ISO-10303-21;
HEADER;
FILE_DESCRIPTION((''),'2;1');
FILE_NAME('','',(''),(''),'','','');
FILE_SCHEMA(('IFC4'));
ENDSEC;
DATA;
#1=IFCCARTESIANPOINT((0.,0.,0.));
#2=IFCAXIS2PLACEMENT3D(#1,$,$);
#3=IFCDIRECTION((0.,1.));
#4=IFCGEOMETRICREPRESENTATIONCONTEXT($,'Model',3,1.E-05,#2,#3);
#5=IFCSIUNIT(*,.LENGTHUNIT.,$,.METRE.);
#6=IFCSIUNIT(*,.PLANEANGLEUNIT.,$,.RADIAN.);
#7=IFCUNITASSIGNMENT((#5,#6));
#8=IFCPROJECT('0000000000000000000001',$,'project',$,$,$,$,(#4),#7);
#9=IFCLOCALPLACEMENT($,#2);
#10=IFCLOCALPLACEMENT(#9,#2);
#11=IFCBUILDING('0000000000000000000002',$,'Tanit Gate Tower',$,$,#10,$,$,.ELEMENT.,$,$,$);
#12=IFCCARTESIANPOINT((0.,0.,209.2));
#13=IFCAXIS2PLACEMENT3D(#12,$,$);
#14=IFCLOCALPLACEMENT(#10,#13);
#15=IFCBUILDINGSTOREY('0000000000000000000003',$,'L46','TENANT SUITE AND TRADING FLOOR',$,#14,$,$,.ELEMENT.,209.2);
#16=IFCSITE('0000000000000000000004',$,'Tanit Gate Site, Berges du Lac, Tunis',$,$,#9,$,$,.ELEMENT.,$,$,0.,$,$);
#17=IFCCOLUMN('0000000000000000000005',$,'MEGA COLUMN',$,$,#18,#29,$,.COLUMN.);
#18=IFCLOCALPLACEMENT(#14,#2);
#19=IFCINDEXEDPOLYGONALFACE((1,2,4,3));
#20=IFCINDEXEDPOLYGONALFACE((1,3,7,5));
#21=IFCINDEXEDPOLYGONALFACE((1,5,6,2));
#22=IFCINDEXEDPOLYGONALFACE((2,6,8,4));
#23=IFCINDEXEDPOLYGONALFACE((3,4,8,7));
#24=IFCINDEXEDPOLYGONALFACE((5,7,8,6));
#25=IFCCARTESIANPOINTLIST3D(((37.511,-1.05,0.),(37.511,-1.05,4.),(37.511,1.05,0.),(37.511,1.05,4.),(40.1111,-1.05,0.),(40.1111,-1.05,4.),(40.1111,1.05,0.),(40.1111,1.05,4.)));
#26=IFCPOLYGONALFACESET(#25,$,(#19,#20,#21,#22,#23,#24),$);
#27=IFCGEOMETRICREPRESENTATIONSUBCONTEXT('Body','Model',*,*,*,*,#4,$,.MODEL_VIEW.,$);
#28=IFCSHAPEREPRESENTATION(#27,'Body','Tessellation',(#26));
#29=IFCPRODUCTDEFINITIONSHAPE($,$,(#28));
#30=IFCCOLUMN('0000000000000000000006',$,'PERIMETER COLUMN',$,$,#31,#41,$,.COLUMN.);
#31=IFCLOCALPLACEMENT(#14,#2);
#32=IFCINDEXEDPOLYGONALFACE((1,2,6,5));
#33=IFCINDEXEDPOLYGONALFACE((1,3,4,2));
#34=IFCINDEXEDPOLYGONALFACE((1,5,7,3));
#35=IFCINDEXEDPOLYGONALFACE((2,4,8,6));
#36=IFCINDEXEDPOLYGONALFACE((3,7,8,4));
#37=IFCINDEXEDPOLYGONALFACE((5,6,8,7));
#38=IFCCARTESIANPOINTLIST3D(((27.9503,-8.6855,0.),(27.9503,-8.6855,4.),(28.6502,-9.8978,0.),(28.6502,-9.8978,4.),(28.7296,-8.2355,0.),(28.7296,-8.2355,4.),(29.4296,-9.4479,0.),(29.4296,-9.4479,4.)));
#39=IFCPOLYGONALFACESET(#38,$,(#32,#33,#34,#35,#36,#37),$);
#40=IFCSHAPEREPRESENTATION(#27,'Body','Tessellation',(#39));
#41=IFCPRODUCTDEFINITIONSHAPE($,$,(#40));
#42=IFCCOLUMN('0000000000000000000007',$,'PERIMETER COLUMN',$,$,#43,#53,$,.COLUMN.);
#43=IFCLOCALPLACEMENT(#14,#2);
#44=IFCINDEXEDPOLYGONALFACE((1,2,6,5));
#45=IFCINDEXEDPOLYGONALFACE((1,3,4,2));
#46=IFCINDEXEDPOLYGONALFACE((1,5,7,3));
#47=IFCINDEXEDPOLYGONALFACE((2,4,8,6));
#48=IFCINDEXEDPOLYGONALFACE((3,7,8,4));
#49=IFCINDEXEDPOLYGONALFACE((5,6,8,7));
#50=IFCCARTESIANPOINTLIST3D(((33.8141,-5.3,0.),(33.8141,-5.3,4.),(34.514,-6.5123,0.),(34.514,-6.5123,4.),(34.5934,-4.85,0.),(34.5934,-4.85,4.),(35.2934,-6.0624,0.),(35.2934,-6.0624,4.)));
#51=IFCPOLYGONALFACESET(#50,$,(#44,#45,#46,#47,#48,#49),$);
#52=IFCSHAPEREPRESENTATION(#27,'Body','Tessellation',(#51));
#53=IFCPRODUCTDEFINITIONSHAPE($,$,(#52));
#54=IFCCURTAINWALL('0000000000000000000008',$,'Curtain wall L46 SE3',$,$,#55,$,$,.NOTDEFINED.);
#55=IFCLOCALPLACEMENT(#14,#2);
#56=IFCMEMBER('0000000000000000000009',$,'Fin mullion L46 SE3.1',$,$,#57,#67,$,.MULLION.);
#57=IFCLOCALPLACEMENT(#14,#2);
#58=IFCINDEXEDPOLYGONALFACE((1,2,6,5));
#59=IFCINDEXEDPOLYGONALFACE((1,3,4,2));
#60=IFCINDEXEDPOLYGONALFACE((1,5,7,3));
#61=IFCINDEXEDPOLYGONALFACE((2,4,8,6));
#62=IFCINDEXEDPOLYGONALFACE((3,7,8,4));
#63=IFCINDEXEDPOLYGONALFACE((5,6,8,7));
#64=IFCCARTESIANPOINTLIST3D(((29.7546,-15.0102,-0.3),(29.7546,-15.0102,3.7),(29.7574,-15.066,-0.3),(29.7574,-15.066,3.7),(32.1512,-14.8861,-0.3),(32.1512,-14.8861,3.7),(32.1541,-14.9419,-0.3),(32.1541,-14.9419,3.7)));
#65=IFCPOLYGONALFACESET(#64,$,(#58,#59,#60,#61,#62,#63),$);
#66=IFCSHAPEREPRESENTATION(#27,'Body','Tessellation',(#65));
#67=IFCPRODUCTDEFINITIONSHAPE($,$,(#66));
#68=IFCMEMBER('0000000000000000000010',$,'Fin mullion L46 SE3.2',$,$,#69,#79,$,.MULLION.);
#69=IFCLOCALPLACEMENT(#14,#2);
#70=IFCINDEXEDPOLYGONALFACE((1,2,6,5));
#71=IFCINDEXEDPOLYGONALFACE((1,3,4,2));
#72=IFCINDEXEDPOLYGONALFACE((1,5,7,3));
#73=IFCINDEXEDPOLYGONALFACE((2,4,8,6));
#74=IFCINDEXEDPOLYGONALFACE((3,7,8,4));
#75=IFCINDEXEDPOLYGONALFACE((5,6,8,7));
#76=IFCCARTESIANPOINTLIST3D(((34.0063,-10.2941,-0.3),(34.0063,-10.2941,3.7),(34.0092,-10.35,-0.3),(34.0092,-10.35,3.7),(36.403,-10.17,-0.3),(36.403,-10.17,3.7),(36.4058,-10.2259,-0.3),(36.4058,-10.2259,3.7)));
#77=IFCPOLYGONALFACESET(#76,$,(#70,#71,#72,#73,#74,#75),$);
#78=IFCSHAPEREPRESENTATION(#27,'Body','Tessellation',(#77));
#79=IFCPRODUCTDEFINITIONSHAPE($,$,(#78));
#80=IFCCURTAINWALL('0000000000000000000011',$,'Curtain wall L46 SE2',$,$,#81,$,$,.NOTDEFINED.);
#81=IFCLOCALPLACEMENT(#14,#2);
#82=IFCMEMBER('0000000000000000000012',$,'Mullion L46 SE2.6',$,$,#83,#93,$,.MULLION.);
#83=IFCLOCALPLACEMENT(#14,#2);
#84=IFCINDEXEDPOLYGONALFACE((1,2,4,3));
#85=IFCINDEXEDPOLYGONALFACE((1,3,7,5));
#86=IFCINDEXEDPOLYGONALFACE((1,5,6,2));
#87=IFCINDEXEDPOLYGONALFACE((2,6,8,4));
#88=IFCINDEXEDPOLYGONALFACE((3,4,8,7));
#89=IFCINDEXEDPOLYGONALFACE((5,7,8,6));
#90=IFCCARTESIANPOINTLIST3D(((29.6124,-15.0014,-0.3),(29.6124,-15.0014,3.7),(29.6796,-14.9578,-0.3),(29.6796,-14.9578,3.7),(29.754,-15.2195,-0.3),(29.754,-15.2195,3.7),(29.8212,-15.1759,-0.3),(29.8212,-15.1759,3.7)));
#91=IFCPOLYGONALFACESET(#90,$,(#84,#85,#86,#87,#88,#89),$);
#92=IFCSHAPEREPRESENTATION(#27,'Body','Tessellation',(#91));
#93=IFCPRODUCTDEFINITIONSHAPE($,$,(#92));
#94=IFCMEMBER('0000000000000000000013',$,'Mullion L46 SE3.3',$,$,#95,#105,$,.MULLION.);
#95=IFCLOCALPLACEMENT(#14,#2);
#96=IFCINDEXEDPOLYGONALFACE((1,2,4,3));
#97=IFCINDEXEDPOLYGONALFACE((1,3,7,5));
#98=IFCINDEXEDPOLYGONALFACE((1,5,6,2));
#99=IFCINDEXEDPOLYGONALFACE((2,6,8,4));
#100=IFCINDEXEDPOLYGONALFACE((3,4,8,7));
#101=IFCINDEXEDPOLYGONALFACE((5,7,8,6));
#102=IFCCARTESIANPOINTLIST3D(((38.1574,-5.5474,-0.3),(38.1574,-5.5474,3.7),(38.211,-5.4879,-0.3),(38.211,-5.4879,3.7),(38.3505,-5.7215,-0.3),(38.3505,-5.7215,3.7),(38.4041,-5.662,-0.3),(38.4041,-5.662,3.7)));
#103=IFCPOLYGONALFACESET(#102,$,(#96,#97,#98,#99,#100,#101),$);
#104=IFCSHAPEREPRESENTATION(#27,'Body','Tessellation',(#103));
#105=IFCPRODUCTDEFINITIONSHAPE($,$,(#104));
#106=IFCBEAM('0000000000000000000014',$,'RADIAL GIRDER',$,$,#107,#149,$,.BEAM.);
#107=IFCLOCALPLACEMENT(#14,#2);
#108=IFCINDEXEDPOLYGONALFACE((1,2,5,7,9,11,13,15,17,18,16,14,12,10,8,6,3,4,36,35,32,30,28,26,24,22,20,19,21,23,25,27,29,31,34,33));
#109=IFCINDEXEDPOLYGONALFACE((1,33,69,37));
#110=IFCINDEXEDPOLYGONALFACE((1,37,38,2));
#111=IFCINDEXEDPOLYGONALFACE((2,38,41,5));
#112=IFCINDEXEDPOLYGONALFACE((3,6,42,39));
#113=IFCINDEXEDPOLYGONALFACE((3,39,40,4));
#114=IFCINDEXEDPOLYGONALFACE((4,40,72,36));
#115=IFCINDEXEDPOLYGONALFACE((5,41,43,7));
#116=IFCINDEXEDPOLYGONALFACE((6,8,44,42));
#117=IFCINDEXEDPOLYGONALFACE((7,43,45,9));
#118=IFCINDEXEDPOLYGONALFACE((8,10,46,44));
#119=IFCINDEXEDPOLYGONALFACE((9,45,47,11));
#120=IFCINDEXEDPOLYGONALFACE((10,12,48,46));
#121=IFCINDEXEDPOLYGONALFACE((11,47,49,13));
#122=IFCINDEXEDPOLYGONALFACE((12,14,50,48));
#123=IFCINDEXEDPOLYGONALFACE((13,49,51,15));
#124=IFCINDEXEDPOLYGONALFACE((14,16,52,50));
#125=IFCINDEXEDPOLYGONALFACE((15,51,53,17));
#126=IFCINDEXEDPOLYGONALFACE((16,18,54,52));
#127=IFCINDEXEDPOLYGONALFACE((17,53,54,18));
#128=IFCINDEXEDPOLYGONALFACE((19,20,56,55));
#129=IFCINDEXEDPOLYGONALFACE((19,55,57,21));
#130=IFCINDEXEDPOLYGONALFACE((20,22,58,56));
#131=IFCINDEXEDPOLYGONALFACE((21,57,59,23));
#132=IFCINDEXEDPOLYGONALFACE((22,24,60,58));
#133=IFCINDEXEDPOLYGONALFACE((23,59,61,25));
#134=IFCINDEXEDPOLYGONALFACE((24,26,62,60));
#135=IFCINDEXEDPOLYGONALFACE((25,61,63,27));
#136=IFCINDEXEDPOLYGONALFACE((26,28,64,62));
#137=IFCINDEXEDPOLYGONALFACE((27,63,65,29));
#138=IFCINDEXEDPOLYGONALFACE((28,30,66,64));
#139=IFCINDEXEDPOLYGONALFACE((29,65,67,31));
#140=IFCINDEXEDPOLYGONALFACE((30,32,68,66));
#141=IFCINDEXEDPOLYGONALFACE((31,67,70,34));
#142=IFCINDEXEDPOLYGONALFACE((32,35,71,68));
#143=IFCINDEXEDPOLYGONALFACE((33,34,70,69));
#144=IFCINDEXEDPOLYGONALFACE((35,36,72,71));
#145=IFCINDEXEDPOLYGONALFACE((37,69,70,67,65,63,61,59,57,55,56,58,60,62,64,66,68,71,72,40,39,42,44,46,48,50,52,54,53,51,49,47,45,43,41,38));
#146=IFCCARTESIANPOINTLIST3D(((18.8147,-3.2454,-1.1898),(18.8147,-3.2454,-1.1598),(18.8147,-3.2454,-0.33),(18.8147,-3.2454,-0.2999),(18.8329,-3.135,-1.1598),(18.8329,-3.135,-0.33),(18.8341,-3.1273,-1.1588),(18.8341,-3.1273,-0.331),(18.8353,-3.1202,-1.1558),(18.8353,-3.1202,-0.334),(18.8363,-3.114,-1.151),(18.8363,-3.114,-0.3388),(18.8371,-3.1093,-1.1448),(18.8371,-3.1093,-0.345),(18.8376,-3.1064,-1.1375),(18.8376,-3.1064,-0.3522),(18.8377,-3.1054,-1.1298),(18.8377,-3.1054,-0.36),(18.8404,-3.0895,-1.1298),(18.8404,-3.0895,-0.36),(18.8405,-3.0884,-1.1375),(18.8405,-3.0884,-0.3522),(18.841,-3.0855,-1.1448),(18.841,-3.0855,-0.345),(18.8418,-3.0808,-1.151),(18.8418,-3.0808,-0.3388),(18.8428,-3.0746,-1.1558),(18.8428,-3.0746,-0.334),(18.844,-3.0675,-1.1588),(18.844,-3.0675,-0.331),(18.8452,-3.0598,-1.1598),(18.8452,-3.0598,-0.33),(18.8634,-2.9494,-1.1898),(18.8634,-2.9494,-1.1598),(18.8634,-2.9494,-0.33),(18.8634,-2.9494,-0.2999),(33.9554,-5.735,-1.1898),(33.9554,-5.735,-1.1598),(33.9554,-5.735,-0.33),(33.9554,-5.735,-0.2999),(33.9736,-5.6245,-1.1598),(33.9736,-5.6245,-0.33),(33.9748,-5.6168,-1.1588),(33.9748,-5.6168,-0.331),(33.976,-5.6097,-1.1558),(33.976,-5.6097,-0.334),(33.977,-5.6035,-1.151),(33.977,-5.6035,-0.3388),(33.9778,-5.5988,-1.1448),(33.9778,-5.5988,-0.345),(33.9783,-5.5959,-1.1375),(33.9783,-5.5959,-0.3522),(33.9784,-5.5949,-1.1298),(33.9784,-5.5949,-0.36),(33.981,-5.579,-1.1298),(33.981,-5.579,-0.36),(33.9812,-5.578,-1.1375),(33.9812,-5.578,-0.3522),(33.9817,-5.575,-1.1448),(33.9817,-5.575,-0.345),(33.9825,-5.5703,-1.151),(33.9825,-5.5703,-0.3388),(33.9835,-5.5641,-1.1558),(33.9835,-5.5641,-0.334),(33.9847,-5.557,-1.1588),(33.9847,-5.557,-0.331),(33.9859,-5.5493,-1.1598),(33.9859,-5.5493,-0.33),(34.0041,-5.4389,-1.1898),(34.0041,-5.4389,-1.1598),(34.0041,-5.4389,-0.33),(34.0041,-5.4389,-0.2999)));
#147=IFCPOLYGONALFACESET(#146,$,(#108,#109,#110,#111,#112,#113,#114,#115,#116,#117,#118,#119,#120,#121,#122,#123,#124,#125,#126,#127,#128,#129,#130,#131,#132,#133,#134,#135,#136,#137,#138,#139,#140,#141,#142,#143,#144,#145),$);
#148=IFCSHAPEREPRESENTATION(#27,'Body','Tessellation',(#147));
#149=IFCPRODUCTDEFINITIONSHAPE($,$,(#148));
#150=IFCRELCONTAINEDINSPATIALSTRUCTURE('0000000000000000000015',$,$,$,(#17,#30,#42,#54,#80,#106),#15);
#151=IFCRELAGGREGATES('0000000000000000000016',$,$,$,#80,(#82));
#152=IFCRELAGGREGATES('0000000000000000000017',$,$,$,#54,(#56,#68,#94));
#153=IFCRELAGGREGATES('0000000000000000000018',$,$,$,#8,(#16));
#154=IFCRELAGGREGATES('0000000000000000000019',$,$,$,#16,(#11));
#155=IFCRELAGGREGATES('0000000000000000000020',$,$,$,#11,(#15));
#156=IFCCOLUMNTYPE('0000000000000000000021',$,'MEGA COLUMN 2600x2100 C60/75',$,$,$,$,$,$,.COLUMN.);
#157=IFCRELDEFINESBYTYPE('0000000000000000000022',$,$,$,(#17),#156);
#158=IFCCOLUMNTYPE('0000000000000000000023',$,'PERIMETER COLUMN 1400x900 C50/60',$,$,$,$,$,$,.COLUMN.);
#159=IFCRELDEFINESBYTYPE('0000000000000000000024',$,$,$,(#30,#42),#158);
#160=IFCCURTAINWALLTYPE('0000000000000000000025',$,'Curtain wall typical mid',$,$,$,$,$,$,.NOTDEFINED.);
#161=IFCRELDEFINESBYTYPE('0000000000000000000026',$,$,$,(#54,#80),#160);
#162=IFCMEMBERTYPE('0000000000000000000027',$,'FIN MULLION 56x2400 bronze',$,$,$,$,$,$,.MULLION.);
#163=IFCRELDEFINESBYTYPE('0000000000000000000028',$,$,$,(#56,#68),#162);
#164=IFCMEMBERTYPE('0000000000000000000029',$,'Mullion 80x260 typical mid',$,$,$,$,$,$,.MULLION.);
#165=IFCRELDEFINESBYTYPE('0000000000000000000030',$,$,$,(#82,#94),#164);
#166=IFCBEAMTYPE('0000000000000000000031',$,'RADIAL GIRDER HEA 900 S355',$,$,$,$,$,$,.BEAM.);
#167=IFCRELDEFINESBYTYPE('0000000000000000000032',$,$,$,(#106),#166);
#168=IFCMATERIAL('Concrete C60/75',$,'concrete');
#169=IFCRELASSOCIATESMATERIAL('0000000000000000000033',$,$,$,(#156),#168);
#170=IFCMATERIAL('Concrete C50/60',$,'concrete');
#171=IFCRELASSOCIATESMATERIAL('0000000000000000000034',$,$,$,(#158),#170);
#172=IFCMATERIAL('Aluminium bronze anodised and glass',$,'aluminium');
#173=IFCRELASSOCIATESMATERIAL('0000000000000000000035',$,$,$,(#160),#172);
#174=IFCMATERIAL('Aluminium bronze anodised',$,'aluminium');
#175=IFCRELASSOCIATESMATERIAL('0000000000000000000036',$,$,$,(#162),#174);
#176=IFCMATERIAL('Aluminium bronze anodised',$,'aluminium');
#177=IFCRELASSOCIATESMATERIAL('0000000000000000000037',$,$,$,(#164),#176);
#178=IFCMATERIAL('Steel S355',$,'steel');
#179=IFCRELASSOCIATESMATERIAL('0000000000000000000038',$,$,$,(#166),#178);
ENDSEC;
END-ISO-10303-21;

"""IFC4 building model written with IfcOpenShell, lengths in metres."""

from ifc_helpers import new_model, si_unit, direction, frame, origin, origin_2d, place, context, subcontext, project, spatial, rectangle, i_section, extrude, material, material_profile, profile_set, type_object, element, aggregate, save


model = new_model("IFC4")

# Units and contexts
model_context = context("Model", 3, precision=1e-05, world=origin(), true_north=direction((0.0, 1.0)))
body_context = subcontext(model_context, "Body", "Model", "MODEL_VIEW")
ifc_project = project(units=[si_unit("LENGTHUNIT", "METRE"), si_unit("PLANEANGLEUNIT", "RADIAN")], contexts=[model_context])

# Site, building, storey
site_placement = place(None, origin())
site = spatial("IfcSite", under=ifc_project, at=site_placement, Name="Tanit Gate Site, Berges du Lac, Tunis", CompositionType="ELEMENT", RefElevation=0.0)
building_placement = place(site_placement, origin())
building = spatial("IfcBuilding", under=site, at=building_placement, Name="Tanit Gate Tower", CompositionType="ELEMENT")
storey_placement = place(building_placement, frame((0.0, 0.0, 209.2)))
storey = spatial("IfcBuildingStorey", under=building, at=storey_placement, Name="L46", Description="TENANT SUITE AND TRADING FLOOR", CompositionType="ELEMENT", Elevation=209.2)

# Columns
ifc_material_1 = material(Name="Concrete C60/75", Category="concrete")
ifc_material_profile_1 = material_profile(ifc_material_1, rectangle(XDim=2.6001, YDim=2.1001, at=origin_2d()), Name="RC 2600x2100")
ifc_profile_set_1 = profile_set([ifc_material_profile_1], Name="Concrete C60/75")
column_type_1 = type_object("IfcColumnType", Name="MEGA COLUMN 2600x2100 C60/75", PredefinedType="COLUMN", material=ifc_profile_set_1)
column_placement = place(storey_placement, frame((38.811, 0.0, 0.0), z_axis=(0.0, 0.0, 1.0), x_axis=(1.0, 0.0, 0.0)))
element("IfcColumn", 1, at=column_placement, inside=storey, type_object=column_type_1, Name="MEGA COLUMN", PredefinedType="COLUMN", context=body_context, shape_type="SweptSolid", body=[
    extrude(rectangle(XDim=2.6001, YDim=2.1001, at=origin_2d()), origin(), (0.0, 0.0, 1.0), 4.0),
])
ifc_material_2 = material(Name="Concrete C50/60", Category="concrete")
ifc_material_profile_2 = material_profile(ifc_material_2, rectangle(XDim=1.3999, YDim=0.8999, at=origin_2d()), Name="RC 1400x900")
ifc_profile_set_2 = profile_set([ifc_material_profile_2], Name="Concrete C50/60")
column_type_2 = type_object("IfcColumnType", Name="PERIMETER COLUMN 1400x900 C50/60", PredefinedType="COLUMN", material=ifc_profile_set_2)
for number, where, z_axis, x_axis, name in (
    (2, (28.6899, -9.0667, 0.0), (0.0, 0.0, 1.0), (0.5, -0.866025, 0.0), "PERIMETER COLUMN"),
    (3, (34.5537, -5.6812, 0.0), (0.0, 0.0, 1.0), (0.5, -0.866025, 0.0), "PERIMETER COLUMN"),
):
    element("IfcColumn", number, at=place(storey_placement, frame(where, z_axis=z_axis, x_axis=x_axis)), inside=storey, type_object=column_type_2, Name=name, PredefinedType="COLUMN", context=body_context, shape_type="SweptSolid", body=[
        extrude(rectangle(XDim=1.3999, YDim=0.8999, at=origin_2d()), origin(), (0.0, 0.0, 1.0), 4.0),
    ])

# Curtain wall, members
ifc_material_3 = material(Name="Aluminium bronze anodised and glass", Category="aluminium")
curtain_wall_type = type_object("IfcCurtainWallType", Name="Curtain wall typical mid", PredefinedType="NOTDEFINED", material=ifc_material_3)
curtain_wall_1_placement = place(storey_placement, origin())
curtain_wall_1 = element("IfcCurtainWall", 4, at=curtain_wall_1_placement, inside=storey, type_object=curtain_wall_type, Name="Curtain wall L46 SE3", PredefinedType="NOTDEFINED")
ifc_material_4 = material(Name="Aluminium bronze anodised", Category="aluminium")
ifc_material_profile_3 = material_profile(ifc_material_4, rectangle(XDim=2.3999, YDim=0.0559, at=origin_2d()), Name="56x2400 bronze fin mullion")
ifc_profile_set_3 = profile_set([ifc_material_profile_3], Name="Aluminium bronze anodised")
member_type_1 = type_object("IfcMemberType", Name="FIN MULLION 56x2400 bronze", PredefinedType="MULLION", material=ifc_profile_set_3)
member_1_placement = place(storey_placement, frame((30.9543, -14.9761, -0.3), z_axis=(0.0, 0.0, 1.0), x_axis=(-0.998662, -0.051708, 0.0)))
member_1 = element("IfcMember", 5, at=member_1_placement, type_object=member_type_1, Name="Fin mullion L46 SE3.1", PredefinedType="MULLION", context=body_context, shape_type="SweptSolid", body=[
    extrude(rectangle(XDim=2.3999, YDim=0.0559, at=origin_2d()), origin(), (0.0, 0.0, 1.0), 4.0),
])
member_2_placement = place(storey_placement, frame((35.2061, -10.26, -0.3), z_axis=(0.0, 0.0, 1.0), x_axis=(-0.998662, -0.051708, 0.0)))
member_2 = element("IfcMember", 6, at=member_2_placement, type_object=member_type_1, Name="Fin mullion L46 SE3.2", PredefinedType="MULLION", context=body_context, shape_type="SweptSolid", body=[
    extrude(rectangle(XDim=2.3999, YDim=0.0559, at=origin_2d()), origin(), (0.0, 0.0, 1.0), 4.0),
])

# Curtain wall, member
curtain_wall_2_placement = place(storey_placement, origin())
curtain_wall_2 = element("IfcCurtainWall", 7, at=curtain_wall_2_placement, inside=storey, type_object=curtain_wall_type, Name="Curtain wall L46 SE2", PredefinedType="NOTDEFINED")
ifc_material_5 = material(Name="Aluminium bronze anodised", Category="aluminium")
ifc_material_profile_4 = material_profile(ifc_material_5, rectangle(XDim=0.26, YDim=0.0801, at=origin_2d()), Name="80x260 bronze mullion")
ifc_profile_set_4 = profile_set([ifc_material_profile_4], Name="Aluminium bronze anodised")
member_type_2 = type_object("IfcMemberType", Name="Mullion 80x260 typical mid", PredefinedType="MULLION", material=ifc_profile_set_4)
member_3_placement = place(storey_placement, frame((29.7168, -15.0886, -0.3), z_axis=(0.0, 0.0, 1.0), x_axis=(-0.544359, 0.838852, 0.0)))
member_3 = element("IfcMember", 8, at=member_3_placement, type_object=member_type_2, Name="Mullion L46 SE2.6", PredefinedType="MULLION", context=body_context, shape_type="SweptSolid", body=[
    extrude(rectangle(XDim=0.26, YDim=0.0801, at=origin_2d()), origin(), (0.0, 0.0, 1.0), 4.0),
])
aggregate(curtain_wall_2, [member_3])

# Member
member_4_placement = place(storey_placement, frame((38.2808, -5.6047, -0.3), z_axis=(0.0, 0.0, 1.0), x_axis=(-0.742724, 0.669598, 0.0)))
member_4 = element("IfcMember", 9, at=member_4_placement, type_object=member_type_2, Name="Mullion L46 SE3.3", PredefinedType="MULLION", context=body_context, shape_type="SweptSolid", body=[
    extrude(rectangle(XDim=0.26, YDim=0.0801, at=origin_2d()), origin(), (0.0, 0.0, 1.0), 4.0),
])

# Beam
ifc_material_6 = material(Name="Steel S355", Category="steel")
ifc_material_profile_5 = material_profile(ifc_material_6, i_section(OverallWidth=0.3, OverallDepth=0.8899, WebThickness=0.0161, FlangeThickness=0.03, FilletRadius=0.03, at=origin_2d()), Name="HEA 900")
ifc_profile_set_5 = profile_set([ifc_material_profile_5], Name="Steel S355")
beam_type_1 = type_object("IfcBeamType", Name="RADIAL GIRDER HEA 900 S355", PredefinedType="BEAM", material=ifc_profile_set_5)
beam_1_placement = place(storey_placement, frame((33.9797, -5.5869, -0.7449), z_axis=(-0.98675, 0.162247, 0.0), x_axis=(-0.162247, -0.98675, 0.0)))
element("IfcBeam", 10, at=beam_1_placement, inside=storey, type_object=beam_type_1, Name="RADIAL GIRDER", PredefinedType="BEAM", context=body_context, shape_type="SweptSolid", body=[
    extrude(i_section(OverallWidth=0.3, OverallDepth=0.8899, WebThickness=0.0161, FlangeThickness=0.03, FilletRadius=0.03, at=origin_2d()), origin(), (0.0, 0.0, 1.0), 15.344),
])

aggregate(curtain_wall_1, [member_1, member_2, member_4])

save(model, "model.ifc")
